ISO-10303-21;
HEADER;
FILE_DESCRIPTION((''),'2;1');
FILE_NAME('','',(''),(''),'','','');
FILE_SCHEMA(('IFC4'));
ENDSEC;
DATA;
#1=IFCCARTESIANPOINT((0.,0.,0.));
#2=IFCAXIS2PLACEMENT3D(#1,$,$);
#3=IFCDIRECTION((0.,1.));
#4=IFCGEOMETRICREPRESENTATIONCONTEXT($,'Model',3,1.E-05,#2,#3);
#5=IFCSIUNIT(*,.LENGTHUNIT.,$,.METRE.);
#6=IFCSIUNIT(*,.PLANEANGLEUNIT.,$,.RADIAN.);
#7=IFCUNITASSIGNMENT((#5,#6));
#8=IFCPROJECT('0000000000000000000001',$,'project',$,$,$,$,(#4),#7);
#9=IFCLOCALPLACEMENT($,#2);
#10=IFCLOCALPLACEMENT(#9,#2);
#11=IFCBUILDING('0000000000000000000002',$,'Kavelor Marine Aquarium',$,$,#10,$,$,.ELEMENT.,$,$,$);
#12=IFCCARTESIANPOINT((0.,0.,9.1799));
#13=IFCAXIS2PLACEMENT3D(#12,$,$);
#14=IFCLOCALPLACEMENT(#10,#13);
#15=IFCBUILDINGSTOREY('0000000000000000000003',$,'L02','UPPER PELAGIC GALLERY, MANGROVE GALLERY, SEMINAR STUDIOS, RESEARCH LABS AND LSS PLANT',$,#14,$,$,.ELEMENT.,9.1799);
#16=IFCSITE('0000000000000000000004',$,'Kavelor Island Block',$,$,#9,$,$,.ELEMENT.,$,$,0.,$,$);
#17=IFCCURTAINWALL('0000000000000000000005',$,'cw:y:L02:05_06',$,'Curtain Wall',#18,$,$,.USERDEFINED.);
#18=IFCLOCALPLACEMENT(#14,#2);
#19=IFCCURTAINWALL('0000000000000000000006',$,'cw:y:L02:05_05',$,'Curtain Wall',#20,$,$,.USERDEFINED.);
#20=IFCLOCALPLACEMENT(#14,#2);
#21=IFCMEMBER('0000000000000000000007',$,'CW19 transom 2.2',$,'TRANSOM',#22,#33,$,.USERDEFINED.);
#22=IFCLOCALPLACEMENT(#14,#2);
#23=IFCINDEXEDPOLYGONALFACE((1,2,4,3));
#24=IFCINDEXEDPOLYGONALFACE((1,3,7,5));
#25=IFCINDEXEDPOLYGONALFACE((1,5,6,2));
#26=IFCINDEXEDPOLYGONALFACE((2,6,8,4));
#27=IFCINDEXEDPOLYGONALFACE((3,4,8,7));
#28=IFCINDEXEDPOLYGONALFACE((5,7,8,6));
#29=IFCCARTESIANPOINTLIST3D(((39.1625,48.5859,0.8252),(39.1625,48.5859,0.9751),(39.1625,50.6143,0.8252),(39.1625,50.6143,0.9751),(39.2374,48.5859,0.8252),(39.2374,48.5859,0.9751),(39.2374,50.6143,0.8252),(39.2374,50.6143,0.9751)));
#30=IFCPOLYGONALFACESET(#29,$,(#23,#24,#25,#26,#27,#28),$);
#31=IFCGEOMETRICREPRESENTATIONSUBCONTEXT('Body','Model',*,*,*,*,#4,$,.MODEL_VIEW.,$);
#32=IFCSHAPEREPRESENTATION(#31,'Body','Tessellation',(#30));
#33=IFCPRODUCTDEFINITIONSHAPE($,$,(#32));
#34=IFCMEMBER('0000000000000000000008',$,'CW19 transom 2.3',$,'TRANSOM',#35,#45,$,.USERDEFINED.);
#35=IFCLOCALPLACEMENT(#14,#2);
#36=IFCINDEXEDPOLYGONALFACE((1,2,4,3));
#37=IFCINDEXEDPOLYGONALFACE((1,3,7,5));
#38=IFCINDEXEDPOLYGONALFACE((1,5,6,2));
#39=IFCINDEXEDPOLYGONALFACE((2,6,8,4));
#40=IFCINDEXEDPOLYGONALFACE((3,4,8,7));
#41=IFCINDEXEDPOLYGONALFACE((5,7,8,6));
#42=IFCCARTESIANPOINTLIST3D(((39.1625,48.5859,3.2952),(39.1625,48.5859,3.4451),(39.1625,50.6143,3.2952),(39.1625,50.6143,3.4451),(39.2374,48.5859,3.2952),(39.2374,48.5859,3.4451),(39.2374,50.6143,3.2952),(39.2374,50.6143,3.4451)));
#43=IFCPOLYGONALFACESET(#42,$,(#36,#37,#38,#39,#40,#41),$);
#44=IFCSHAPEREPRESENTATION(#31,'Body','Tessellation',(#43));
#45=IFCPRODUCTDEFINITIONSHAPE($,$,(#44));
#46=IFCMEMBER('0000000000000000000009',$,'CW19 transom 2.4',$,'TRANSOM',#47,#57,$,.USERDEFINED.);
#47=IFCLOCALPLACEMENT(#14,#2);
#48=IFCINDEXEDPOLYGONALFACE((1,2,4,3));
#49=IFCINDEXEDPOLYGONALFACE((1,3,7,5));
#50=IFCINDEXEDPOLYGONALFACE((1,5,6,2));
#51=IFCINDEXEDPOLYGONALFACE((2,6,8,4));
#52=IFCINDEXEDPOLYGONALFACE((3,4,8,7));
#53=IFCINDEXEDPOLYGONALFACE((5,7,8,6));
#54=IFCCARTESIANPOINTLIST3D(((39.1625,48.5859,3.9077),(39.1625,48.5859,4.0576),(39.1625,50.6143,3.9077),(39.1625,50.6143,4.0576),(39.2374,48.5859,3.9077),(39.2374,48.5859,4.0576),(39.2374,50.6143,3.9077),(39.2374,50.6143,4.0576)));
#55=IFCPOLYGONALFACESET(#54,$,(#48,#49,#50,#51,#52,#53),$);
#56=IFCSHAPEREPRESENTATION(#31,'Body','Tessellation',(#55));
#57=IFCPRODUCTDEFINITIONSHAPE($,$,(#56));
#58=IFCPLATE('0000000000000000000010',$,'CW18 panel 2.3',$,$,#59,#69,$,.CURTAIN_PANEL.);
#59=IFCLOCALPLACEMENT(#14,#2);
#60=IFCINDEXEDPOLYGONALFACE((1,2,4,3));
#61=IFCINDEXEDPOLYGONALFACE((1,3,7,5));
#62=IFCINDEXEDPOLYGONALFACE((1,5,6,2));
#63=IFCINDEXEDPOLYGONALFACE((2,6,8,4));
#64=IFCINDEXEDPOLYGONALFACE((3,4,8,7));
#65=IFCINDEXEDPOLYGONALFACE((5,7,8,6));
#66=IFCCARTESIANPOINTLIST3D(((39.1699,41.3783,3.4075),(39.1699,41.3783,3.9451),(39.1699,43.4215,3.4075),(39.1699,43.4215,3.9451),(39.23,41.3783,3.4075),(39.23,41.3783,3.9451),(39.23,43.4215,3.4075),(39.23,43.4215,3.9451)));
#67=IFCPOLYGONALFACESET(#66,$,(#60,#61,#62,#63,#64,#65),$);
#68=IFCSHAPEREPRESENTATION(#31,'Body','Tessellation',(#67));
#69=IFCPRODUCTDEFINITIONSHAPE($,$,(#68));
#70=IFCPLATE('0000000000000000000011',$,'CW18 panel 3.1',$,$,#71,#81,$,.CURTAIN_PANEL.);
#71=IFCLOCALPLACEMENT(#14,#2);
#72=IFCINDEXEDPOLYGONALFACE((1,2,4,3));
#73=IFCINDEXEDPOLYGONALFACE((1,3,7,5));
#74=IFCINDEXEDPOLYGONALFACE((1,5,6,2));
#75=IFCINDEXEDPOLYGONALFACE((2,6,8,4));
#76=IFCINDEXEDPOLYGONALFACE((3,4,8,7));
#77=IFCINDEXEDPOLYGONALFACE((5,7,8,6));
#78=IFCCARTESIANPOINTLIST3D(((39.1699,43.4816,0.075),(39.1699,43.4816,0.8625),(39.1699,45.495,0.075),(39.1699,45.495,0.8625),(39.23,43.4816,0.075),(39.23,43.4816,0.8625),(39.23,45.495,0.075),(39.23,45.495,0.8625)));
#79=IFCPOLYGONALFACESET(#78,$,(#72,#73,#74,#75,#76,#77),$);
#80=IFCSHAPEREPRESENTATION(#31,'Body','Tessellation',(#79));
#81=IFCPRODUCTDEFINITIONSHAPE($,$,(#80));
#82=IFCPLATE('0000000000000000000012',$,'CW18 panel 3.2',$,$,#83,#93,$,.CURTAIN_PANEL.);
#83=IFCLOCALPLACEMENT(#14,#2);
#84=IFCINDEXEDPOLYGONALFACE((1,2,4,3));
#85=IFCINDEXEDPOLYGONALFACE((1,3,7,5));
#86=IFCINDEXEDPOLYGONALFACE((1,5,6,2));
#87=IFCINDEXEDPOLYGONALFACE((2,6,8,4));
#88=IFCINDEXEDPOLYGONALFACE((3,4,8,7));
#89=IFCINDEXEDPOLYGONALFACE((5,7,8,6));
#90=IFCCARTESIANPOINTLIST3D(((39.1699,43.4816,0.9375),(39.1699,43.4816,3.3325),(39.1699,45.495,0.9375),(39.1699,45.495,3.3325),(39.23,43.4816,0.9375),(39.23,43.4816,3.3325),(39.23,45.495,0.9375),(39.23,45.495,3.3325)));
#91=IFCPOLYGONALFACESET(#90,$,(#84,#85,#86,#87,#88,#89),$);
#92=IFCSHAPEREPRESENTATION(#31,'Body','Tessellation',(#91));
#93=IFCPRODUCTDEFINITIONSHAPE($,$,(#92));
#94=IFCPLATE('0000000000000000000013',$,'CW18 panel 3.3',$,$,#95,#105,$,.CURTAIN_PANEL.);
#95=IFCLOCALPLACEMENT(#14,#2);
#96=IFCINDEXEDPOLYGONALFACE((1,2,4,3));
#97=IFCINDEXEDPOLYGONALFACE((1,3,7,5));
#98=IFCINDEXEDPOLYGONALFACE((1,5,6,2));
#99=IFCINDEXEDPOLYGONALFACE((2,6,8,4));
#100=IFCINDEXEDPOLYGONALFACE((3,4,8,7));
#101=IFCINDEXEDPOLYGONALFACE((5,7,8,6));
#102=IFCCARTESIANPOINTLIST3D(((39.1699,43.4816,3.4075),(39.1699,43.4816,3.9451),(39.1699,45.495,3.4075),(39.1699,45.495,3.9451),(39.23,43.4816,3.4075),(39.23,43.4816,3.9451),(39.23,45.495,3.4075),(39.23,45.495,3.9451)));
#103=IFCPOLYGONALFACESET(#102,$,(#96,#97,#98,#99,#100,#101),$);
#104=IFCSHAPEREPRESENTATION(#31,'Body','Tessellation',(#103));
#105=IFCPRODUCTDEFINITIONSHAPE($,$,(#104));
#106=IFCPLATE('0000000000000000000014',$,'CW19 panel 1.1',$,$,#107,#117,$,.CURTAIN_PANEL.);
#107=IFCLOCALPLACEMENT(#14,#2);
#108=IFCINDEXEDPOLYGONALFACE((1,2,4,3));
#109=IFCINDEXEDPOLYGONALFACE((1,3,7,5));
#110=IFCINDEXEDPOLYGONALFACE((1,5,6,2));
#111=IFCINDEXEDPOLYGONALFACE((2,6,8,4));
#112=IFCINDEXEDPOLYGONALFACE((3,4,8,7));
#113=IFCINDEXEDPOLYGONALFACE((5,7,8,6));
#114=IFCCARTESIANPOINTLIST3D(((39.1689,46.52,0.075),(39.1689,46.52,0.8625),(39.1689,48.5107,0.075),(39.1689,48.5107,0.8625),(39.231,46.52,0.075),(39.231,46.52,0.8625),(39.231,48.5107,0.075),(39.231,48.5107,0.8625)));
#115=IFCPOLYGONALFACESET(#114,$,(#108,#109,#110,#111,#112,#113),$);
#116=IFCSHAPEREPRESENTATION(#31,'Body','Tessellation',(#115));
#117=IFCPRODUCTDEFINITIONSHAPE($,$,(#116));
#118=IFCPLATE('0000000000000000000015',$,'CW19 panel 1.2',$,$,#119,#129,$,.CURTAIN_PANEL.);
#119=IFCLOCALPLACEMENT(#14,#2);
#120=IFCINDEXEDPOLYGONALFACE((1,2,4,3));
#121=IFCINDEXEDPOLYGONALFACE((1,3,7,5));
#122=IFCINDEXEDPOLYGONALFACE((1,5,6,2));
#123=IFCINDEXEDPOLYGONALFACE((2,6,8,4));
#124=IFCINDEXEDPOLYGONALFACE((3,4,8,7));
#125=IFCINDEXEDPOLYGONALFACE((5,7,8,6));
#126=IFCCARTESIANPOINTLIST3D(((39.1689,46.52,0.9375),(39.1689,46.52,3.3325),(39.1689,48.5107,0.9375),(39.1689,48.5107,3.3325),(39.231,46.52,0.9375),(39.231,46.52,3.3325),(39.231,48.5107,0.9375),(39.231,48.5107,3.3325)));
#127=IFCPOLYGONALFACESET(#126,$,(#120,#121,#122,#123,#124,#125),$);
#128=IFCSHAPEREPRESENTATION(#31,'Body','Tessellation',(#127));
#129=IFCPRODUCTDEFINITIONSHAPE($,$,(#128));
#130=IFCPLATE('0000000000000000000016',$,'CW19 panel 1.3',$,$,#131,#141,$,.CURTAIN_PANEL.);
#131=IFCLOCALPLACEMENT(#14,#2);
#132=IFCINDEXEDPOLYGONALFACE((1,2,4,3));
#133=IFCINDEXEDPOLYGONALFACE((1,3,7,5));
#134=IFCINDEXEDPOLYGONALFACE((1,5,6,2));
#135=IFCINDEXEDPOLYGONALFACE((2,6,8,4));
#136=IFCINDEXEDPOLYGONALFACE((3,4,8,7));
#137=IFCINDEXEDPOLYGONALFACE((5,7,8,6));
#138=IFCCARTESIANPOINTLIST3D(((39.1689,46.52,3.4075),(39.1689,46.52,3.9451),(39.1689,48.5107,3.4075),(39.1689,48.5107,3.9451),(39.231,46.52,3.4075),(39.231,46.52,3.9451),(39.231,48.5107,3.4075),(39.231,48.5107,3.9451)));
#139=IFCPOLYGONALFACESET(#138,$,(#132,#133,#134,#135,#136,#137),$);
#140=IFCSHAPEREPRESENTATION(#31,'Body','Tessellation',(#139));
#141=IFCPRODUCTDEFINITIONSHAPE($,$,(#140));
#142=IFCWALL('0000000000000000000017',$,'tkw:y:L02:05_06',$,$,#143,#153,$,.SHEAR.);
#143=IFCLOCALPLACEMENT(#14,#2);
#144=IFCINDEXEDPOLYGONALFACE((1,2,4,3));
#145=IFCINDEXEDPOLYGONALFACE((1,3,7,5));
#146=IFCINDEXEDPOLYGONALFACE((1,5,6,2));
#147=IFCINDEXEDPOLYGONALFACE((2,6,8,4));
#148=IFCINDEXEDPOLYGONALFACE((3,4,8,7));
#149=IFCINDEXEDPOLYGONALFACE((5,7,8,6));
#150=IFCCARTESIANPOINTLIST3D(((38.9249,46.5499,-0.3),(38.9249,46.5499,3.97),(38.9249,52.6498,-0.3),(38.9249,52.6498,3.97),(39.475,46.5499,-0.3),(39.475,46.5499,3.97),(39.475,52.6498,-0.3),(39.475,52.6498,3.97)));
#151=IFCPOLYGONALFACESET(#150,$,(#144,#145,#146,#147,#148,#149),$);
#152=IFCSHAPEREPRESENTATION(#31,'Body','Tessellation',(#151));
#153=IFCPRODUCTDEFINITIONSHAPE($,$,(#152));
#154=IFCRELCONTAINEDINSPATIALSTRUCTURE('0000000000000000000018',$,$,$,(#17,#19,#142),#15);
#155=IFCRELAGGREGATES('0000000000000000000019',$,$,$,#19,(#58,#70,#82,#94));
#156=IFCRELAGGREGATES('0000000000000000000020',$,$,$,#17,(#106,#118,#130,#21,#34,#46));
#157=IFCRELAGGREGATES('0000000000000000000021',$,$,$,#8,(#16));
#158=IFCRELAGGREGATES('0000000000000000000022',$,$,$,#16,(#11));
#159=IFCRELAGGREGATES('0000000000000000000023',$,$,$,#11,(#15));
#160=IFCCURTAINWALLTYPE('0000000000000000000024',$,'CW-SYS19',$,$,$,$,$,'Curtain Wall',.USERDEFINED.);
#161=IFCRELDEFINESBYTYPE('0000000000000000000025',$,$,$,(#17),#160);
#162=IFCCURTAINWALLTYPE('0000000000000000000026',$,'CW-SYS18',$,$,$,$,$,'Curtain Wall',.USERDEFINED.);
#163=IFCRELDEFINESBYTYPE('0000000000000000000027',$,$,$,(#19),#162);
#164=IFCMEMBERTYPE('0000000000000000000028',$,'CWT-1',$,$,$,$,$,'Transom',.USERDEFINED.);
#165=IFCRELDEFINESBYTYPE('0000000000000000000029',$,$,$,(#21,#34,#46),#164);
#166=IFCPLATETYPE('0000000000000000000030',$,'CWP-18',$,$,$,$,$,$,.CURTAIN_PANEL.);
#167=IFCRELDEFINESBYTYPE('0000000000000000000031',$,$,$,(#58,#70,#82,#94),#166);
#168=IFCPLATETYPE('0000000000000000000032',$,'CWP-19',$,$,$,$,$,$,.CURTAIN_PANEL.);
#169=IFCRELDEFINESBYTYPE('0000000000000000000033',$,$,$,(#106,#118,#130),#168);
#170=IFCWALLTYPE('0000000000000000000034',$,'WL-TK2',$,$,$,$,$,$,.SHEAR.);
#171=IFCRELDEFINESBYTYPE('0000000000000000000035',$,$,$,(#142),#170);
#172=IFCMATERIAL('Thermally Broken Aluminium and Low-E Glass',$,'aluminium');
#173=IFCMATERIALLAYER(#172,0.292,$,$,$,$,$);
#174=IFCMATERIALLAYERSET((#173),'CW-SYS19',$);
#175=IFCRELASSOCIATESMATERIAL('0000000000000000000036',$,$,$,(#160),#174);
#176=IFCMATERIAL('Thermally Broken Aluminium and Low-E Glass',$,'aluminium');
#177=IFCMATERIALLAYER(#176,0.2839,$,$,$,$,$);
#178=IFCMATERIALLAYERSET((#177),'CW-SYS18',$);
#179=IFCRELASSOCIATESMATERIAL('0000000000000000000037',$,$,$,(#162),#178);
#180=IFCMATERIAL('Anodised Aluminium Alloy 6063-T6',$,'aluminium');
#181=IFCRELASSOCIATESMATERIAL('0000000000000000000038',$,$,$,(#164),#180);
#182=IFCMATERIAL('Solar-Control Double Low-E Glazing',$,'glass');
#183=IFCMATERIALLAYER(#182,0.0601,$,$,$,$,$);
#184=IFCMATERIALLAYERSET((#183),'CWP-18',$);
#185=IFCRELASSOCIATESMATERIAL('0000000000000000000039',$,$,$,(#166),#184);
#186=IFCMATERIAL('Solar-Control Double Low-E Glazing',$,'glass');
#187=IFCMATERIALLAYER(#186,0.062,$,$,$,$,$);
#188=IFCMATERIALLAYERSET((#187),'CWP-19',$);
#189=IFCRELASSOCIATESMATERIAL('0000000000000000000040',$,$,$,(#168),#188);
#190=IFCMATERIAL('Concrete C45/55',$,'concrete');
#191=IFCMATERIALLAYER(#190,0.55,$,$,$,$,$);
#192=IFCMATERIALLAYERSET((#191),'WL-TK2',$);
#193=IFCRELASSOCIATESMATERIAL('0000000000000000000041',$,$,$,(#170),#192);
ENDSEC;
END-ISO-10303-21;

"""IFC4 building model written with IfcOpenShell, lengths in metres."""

from ifc_helpers import new_model, si_unit, direction, frame, frame_2d, origin, origin_2d, place, context, subcontext, project, spatial, rectangle, extrude, material, layer, layer_set, material_profile, profile_set, type_object, element, aggregate, save


model = new_model("IFC4")

# Units and contexts
model_context = context("Model", 3, precision=1e-05, world=origin(), true_north=direction((0.0, 1.0)))
body_context = subcontext(model_context, "Body", "Model", "MODEL_VIEW")
ifc_project = project(units=[si_unit("LENGTHUNIT", "METRE"), si_unit("PLANEANGLEUNIT", "RADIAN")], contexts=[model_context])

# Site, building, storey
site_placement = place(None, origin())
site = spatial("IfcSite", under=ifc_project, at=site_placement, Name="Kavelor Island Block", CompositionType="ELEMENT", RefElevation=0.0)
building_placement = place(site_placement, origin())
building = spatial("IfcBuilding", under=site, at=building_placement, Name="Kavelor Marine Aquarium", CompositionType="ELEMENT")
storey_placement = place(building_placement, frame((0.0, 0.0, 9.1799)))
storey = spatial("IfcBuildingStorey", under=building, at=storey_placement, Name="L02", Description="UPPER PELAGIC GALLERY, MANGROVE GALLERY, SEMINAR STUDIOS, RESEARCH LABS AND LSS PLANT", CompositionType="ELEMENT", Elevation=9.1799)

# Curtain walls
ifc_material_1 = material(Name="Thermally Broken Aluminium and Low-E Glass", Category="aluminium")
ifc_layer_1 = layer(ifc_material_1, 0.292)
ifc_layer_set_1 = layer_set([ifc_layer_1], Name="CW-SYS19")
curtain_wall_type_1 = type_object("IfcCurtainWallType", Name="CW-SYS19", ElementType="Curtain Wall", PredefinedType="USERDEFINED", material=ifc_layer_set_1)
curtain_wall_1_placement = place(storey_placement, origin())
curtain_wall_1 = element("IfcCurtainWall", 1, at=curtain_wall_1_placement, inside=storey, type_object=curtain_wall_type_1, Name="cw:y:L02:05_06", ObjectType="Curtain Wall", PredefinedType="USERDEFINED")
ifc_material_2 = material(Name="Thermally Broken Aluminium and Low-E Glass", Category="aluminium")
ifc_layer_2 = layer(ifc_material_2, 0.2839)
ifc_layer_set_2 = layer_set([ifc_layer_2], Name="CW-SYS18")
curtain_wall_type_2 = type_object("IfcCurtainWallType", Name="CW-SYS18", ElementType="Curtain Wall", PredefinedType="USERDEFINED", material=ifc_layer_set_2)
curtain_wall_2_placement = place(storey_placement, origin())
curtain_wall_2 = element("IfcCurtainWall", 2, at=curtain_wall_2_placement, inside=storey, type_object=curtain_wall_type_2, Name="cw:y:L02:05_05", ObjectType="Curtain Wall", PredefinedType="USERDEFINED")
ifc_material_3 = material(Name="Anodised Aluminium Alloy 6063-T6", Category="aluminium")
ifc_material_profile_1 = material_profile(ifc_material_3, rectangle(XDim=0.075, YDim=0.1499, at=origin_2d()), Name="CW-TRN 75x150")
ifc_profile_set_1 = profile_set([ifc_material_profile_1], Name="Anodised Aluminium Alloy 6063-T6")
member_type_1 = type_object("IfcMemberType", Name="CWT-1", ElementType="Transom", PredefinedType="USERDEFINED", material=ifc_profile_set_1)

# Members
member_1_placement = place(storey_placement, frame((39.2, 48.5859, 0.9001), z_axis=(0.0, 1.0, 0.0), x_axis=(-1.0, 0.0, 0.0)))
member_1 = element("IfcMember", 3, at=member_1_placement, type_object=member_type_1, Name="CW19 transom 2.2", ObjectType="TRANSOM", PredefinedType="USERDEFINED", context=body_context, shape_type="SweptSolid", body=[
    extrude(rectangle(XDim=0.075, YDim=0.1499, at=origin_2d()), origin(), (0.0, 0.0, 1.0), 2.0283),
])
member_2_placement = place(storey_placement, frame((39.2, 48.5859, 3.3701), z_axis=(0.0, 1.0, 0.0), x_axis=(-1.0, 0.0, 0.0)))
member_2 = element("IfcMember", 4, at=member_2_placement, type_object=member_type_1, Name="CW19 transom 2.3", ObjectType="TRANSOM", PredefinedType="USERDEFINED", context=body_context, shape_type="SweptSolid", body=[
    extrude(rectangle(XDim=0.075, YDim=0.1499, at=origin_2d()), origin(), (0.0, 0.0, 1.0), 2.0283),
])
member_3_placement = place(storey_placement, frame((39.2, 48.5859, 3.9827), z_axis=(0.0, 1.0, 0.0), x_axis=(-1.0, 0.0, 0.0)))
member_3 = element("IfcMember", 5, at=member_3_placement, type_object=member_type_1, Name="CW19 transom 2.4", ObjectType="TRANSOM", PredefinedType="USERDEFINED", context=body_context, shape_type="SweptSolid", body=[
    extrude(rectangle(XDim=0.075, YDim=0.1499, at=origin_2d()), origin(), (0.0, 0.0, 1.0), 2.0283),
])

# Plates
ifc_material_4 = material(Name="Solar-Control Double Low-E Glazing", Category="glass")
ifc_layer_3 = layer(ifc_material_4, 0.0601)
ifc_layer_set_3 = layer_set([ifc_layer_3], Name="CWP-18")
plate_type_1 = type_object("IfcPlateType", Name="CWP-18", PredefinedType="CURTAIN_PANEL", material=ifc_layer_set_3)
plate_1_placement = place(storey_placement, frame((39.2, 42.3999, 3.4075), z_axis=(0.0, 0.0, 1.0), x_axis=(0.0, 1.0, 0.0)))
plate_1 = element("IfcPlate", 6, at=plate_1_placement, type_object=plate_type_1, Name="CW18 panel 2.3", PredefinedType="CURTAIN_PANEL", context=body_context, shape_type="SweptSolid", body=[
    extrude(rectangle(XDim=2.0432, YDim=0.0601, at=origin_2d()), origin(), (0.0, 0.0, 1.0), 0.5376),
])
plate_2_placement = place(storey_placement, frame((39.2, 44.4883, 0.075), z_axis=(0.0, 0.0, 1.0), x_axis=(0.0, 1.0, 0.0)))
plate_2 = element("IfcPlate", 7, at=plate_2_placement, type_object=plate_type_1, Name="CW18 panel 3.1", PredefinedType="CURTAIN_PANEL", context=body_context, shape_type="SweptSolid", body=[
    extrude(rectangle(XDim=2.0134, YDim=0.0601, at=origin_2d()), origin(), (0.0, 0.0, 1.0), 0.7876),
])
plate_3_placement = place(storey_placement, frame((39.2, 44.4883, 0.9375), z_axis=(0.0, 0.0, 1.0), x_axis=(0.0, 1.0, 0.0)))
plate_3 = element("IfcPlate", 8, at=plate_3_placement, type_object=plate_type_1, Name="CW18 panel 3.2", PredefinedType="CURTAIN_PANEL", context=body_context, shape_type="SweptSolid", body=[
    extrude(rectangle(XDim=2.0134, YDim=0.0601, at=origin_2d()), origin(), (0.0, 0.0, 1.0), 2.395),
])
plate_4_placement = place(storey_placement, frame((39.2, 44.4883, 3.4075), z_axis=(0.0, 0.0, 1.0), x_axis=(0.0, 1.0, 0.0)))
plate_4 = element("IfcPlate", 9, at=plate_4_placement, type_object=plate_type_1, Name="CW18 panel 3.3", PredefinedType="CURTAIN_PANEL", context=body_context, shape_type="SweptSolid", body=[
    extrude(rectangle(XDim=2.0134, YDim=0.0601, at=origin_2d()), origin(), (0.0, 0.0, 1.0), 0.5376),
])
aggregate(curtain_wall_2, [plate_1, plate_2, plate_3, plate_4])
ifc_material_5 = material(Name="Solar-Control Double Low-E Glazing", Category="glass")
ifc_layer_4 = layer(ifc_material_5, 0.062)
ifc_layer_set_4 = layer_set([ifc_layer_4], Name="CWP-19")
plate_type_2 = type_object("IfcPlateType", Name="CWP-19", PredefinedType="CURTAIN_PANEL", material=ifc_layer_set_4)
plate_5_placement = place(storey_placement, frame((39.2, 47.5154, 0.075), z_axis=(0.0, 0.0, 1.0), x_axis=(0.0, 1.0, 0.0)))
plate_5 = element("IfcPlate", 10, at=plate_5_placement, type_object=plate_type_2, Name="CW19 panel 1.1", PredefinedType="CURTAIN_PANEL", context=body_context, shape_type="SweptSolid", body=[
    extrude(rectangle(XDim=1.9907, YDim=0.062, at=origin_2d()), origin(), (0.0, 0.0, 1.0), 0.7876),
])
plate_6_placement = place(storey_placement, frame((39.2, 47.5154, 0.9375), z_axis=(0.0, 0.0, 1.0), x_axis=(0.0, 1.0, 0.0)))
plate_6 = element("IfcPlate", 11, at=plate_6_placement, type_object=plate_type_2, Name="CW19 panel 1.2", PredefinedType="CURTAIN_PANEL", context=body_context, shape_type="SweptSolid", body=[
    extrude(rectangle(XDim=1.9907, YDim=0.062, at=origin_2d()), origin(), (0.0, 0.0, 1.0), 2.395),
])
plate_7_placement = place(storey_placement, frame((39.2, 47.5154, 3.4075), z_axis=(0.0, 0.0, 1.0), x_axis=(0.0, 1.0, 0.0)))
plate_7 = element("IfcPlate", 12, at=plate_7_placement, type_object=plate_type_2, Name="CW19 panel 1.3", PredefinedType="CURTAIN_PANEL", context=body_context, shape_type="SweptSolid", body=[
    extrude(rectangle(XDim=1.9907, YDim=0.062, at=origin_2d()), origin(), (0.0, 0.0, 1.0), 0.5376),
])
aggregate(curtain_wall_1, [plate_5, plate_6, plate_7, member_1, member_2, member_3])

# Wall
ifc_material_6 = material(Name="Concrete C45/55", Category="concrete")
ifc_layer_5 = layer(ifc_material_6, 0.55)
ifc_layer_set_5 = layer_set([ifc_layer_5], Name="WL-TK2")
wall_type = type_object("IfcWallType", Name="WL-TK2", PredefinedType="SHEAR", material=ifc_layer_set_5)
wall_placement = place(storey_placement, frame((39.2, 46.55, -0.3), z_axis=(0.0, 0.0, 1.0), x_axis=(0.0, 1.0, 0.0)))
element("IfcWall", 13, at=wall_placement, inside=storey, type_object=wall_type, Name="tkw:y:L02:05_06", PredefinedType="SHEAR", context=body_context, shape_type="SweptSolid", body=[
    extrude(rectangle(XDim=6.0999, YDim=0.55, at=frame_2d((3.0498, 0.0))), origin(), (0.0, 0.0, 1.0), 4.27),
])

save(model, "model.ifc")
